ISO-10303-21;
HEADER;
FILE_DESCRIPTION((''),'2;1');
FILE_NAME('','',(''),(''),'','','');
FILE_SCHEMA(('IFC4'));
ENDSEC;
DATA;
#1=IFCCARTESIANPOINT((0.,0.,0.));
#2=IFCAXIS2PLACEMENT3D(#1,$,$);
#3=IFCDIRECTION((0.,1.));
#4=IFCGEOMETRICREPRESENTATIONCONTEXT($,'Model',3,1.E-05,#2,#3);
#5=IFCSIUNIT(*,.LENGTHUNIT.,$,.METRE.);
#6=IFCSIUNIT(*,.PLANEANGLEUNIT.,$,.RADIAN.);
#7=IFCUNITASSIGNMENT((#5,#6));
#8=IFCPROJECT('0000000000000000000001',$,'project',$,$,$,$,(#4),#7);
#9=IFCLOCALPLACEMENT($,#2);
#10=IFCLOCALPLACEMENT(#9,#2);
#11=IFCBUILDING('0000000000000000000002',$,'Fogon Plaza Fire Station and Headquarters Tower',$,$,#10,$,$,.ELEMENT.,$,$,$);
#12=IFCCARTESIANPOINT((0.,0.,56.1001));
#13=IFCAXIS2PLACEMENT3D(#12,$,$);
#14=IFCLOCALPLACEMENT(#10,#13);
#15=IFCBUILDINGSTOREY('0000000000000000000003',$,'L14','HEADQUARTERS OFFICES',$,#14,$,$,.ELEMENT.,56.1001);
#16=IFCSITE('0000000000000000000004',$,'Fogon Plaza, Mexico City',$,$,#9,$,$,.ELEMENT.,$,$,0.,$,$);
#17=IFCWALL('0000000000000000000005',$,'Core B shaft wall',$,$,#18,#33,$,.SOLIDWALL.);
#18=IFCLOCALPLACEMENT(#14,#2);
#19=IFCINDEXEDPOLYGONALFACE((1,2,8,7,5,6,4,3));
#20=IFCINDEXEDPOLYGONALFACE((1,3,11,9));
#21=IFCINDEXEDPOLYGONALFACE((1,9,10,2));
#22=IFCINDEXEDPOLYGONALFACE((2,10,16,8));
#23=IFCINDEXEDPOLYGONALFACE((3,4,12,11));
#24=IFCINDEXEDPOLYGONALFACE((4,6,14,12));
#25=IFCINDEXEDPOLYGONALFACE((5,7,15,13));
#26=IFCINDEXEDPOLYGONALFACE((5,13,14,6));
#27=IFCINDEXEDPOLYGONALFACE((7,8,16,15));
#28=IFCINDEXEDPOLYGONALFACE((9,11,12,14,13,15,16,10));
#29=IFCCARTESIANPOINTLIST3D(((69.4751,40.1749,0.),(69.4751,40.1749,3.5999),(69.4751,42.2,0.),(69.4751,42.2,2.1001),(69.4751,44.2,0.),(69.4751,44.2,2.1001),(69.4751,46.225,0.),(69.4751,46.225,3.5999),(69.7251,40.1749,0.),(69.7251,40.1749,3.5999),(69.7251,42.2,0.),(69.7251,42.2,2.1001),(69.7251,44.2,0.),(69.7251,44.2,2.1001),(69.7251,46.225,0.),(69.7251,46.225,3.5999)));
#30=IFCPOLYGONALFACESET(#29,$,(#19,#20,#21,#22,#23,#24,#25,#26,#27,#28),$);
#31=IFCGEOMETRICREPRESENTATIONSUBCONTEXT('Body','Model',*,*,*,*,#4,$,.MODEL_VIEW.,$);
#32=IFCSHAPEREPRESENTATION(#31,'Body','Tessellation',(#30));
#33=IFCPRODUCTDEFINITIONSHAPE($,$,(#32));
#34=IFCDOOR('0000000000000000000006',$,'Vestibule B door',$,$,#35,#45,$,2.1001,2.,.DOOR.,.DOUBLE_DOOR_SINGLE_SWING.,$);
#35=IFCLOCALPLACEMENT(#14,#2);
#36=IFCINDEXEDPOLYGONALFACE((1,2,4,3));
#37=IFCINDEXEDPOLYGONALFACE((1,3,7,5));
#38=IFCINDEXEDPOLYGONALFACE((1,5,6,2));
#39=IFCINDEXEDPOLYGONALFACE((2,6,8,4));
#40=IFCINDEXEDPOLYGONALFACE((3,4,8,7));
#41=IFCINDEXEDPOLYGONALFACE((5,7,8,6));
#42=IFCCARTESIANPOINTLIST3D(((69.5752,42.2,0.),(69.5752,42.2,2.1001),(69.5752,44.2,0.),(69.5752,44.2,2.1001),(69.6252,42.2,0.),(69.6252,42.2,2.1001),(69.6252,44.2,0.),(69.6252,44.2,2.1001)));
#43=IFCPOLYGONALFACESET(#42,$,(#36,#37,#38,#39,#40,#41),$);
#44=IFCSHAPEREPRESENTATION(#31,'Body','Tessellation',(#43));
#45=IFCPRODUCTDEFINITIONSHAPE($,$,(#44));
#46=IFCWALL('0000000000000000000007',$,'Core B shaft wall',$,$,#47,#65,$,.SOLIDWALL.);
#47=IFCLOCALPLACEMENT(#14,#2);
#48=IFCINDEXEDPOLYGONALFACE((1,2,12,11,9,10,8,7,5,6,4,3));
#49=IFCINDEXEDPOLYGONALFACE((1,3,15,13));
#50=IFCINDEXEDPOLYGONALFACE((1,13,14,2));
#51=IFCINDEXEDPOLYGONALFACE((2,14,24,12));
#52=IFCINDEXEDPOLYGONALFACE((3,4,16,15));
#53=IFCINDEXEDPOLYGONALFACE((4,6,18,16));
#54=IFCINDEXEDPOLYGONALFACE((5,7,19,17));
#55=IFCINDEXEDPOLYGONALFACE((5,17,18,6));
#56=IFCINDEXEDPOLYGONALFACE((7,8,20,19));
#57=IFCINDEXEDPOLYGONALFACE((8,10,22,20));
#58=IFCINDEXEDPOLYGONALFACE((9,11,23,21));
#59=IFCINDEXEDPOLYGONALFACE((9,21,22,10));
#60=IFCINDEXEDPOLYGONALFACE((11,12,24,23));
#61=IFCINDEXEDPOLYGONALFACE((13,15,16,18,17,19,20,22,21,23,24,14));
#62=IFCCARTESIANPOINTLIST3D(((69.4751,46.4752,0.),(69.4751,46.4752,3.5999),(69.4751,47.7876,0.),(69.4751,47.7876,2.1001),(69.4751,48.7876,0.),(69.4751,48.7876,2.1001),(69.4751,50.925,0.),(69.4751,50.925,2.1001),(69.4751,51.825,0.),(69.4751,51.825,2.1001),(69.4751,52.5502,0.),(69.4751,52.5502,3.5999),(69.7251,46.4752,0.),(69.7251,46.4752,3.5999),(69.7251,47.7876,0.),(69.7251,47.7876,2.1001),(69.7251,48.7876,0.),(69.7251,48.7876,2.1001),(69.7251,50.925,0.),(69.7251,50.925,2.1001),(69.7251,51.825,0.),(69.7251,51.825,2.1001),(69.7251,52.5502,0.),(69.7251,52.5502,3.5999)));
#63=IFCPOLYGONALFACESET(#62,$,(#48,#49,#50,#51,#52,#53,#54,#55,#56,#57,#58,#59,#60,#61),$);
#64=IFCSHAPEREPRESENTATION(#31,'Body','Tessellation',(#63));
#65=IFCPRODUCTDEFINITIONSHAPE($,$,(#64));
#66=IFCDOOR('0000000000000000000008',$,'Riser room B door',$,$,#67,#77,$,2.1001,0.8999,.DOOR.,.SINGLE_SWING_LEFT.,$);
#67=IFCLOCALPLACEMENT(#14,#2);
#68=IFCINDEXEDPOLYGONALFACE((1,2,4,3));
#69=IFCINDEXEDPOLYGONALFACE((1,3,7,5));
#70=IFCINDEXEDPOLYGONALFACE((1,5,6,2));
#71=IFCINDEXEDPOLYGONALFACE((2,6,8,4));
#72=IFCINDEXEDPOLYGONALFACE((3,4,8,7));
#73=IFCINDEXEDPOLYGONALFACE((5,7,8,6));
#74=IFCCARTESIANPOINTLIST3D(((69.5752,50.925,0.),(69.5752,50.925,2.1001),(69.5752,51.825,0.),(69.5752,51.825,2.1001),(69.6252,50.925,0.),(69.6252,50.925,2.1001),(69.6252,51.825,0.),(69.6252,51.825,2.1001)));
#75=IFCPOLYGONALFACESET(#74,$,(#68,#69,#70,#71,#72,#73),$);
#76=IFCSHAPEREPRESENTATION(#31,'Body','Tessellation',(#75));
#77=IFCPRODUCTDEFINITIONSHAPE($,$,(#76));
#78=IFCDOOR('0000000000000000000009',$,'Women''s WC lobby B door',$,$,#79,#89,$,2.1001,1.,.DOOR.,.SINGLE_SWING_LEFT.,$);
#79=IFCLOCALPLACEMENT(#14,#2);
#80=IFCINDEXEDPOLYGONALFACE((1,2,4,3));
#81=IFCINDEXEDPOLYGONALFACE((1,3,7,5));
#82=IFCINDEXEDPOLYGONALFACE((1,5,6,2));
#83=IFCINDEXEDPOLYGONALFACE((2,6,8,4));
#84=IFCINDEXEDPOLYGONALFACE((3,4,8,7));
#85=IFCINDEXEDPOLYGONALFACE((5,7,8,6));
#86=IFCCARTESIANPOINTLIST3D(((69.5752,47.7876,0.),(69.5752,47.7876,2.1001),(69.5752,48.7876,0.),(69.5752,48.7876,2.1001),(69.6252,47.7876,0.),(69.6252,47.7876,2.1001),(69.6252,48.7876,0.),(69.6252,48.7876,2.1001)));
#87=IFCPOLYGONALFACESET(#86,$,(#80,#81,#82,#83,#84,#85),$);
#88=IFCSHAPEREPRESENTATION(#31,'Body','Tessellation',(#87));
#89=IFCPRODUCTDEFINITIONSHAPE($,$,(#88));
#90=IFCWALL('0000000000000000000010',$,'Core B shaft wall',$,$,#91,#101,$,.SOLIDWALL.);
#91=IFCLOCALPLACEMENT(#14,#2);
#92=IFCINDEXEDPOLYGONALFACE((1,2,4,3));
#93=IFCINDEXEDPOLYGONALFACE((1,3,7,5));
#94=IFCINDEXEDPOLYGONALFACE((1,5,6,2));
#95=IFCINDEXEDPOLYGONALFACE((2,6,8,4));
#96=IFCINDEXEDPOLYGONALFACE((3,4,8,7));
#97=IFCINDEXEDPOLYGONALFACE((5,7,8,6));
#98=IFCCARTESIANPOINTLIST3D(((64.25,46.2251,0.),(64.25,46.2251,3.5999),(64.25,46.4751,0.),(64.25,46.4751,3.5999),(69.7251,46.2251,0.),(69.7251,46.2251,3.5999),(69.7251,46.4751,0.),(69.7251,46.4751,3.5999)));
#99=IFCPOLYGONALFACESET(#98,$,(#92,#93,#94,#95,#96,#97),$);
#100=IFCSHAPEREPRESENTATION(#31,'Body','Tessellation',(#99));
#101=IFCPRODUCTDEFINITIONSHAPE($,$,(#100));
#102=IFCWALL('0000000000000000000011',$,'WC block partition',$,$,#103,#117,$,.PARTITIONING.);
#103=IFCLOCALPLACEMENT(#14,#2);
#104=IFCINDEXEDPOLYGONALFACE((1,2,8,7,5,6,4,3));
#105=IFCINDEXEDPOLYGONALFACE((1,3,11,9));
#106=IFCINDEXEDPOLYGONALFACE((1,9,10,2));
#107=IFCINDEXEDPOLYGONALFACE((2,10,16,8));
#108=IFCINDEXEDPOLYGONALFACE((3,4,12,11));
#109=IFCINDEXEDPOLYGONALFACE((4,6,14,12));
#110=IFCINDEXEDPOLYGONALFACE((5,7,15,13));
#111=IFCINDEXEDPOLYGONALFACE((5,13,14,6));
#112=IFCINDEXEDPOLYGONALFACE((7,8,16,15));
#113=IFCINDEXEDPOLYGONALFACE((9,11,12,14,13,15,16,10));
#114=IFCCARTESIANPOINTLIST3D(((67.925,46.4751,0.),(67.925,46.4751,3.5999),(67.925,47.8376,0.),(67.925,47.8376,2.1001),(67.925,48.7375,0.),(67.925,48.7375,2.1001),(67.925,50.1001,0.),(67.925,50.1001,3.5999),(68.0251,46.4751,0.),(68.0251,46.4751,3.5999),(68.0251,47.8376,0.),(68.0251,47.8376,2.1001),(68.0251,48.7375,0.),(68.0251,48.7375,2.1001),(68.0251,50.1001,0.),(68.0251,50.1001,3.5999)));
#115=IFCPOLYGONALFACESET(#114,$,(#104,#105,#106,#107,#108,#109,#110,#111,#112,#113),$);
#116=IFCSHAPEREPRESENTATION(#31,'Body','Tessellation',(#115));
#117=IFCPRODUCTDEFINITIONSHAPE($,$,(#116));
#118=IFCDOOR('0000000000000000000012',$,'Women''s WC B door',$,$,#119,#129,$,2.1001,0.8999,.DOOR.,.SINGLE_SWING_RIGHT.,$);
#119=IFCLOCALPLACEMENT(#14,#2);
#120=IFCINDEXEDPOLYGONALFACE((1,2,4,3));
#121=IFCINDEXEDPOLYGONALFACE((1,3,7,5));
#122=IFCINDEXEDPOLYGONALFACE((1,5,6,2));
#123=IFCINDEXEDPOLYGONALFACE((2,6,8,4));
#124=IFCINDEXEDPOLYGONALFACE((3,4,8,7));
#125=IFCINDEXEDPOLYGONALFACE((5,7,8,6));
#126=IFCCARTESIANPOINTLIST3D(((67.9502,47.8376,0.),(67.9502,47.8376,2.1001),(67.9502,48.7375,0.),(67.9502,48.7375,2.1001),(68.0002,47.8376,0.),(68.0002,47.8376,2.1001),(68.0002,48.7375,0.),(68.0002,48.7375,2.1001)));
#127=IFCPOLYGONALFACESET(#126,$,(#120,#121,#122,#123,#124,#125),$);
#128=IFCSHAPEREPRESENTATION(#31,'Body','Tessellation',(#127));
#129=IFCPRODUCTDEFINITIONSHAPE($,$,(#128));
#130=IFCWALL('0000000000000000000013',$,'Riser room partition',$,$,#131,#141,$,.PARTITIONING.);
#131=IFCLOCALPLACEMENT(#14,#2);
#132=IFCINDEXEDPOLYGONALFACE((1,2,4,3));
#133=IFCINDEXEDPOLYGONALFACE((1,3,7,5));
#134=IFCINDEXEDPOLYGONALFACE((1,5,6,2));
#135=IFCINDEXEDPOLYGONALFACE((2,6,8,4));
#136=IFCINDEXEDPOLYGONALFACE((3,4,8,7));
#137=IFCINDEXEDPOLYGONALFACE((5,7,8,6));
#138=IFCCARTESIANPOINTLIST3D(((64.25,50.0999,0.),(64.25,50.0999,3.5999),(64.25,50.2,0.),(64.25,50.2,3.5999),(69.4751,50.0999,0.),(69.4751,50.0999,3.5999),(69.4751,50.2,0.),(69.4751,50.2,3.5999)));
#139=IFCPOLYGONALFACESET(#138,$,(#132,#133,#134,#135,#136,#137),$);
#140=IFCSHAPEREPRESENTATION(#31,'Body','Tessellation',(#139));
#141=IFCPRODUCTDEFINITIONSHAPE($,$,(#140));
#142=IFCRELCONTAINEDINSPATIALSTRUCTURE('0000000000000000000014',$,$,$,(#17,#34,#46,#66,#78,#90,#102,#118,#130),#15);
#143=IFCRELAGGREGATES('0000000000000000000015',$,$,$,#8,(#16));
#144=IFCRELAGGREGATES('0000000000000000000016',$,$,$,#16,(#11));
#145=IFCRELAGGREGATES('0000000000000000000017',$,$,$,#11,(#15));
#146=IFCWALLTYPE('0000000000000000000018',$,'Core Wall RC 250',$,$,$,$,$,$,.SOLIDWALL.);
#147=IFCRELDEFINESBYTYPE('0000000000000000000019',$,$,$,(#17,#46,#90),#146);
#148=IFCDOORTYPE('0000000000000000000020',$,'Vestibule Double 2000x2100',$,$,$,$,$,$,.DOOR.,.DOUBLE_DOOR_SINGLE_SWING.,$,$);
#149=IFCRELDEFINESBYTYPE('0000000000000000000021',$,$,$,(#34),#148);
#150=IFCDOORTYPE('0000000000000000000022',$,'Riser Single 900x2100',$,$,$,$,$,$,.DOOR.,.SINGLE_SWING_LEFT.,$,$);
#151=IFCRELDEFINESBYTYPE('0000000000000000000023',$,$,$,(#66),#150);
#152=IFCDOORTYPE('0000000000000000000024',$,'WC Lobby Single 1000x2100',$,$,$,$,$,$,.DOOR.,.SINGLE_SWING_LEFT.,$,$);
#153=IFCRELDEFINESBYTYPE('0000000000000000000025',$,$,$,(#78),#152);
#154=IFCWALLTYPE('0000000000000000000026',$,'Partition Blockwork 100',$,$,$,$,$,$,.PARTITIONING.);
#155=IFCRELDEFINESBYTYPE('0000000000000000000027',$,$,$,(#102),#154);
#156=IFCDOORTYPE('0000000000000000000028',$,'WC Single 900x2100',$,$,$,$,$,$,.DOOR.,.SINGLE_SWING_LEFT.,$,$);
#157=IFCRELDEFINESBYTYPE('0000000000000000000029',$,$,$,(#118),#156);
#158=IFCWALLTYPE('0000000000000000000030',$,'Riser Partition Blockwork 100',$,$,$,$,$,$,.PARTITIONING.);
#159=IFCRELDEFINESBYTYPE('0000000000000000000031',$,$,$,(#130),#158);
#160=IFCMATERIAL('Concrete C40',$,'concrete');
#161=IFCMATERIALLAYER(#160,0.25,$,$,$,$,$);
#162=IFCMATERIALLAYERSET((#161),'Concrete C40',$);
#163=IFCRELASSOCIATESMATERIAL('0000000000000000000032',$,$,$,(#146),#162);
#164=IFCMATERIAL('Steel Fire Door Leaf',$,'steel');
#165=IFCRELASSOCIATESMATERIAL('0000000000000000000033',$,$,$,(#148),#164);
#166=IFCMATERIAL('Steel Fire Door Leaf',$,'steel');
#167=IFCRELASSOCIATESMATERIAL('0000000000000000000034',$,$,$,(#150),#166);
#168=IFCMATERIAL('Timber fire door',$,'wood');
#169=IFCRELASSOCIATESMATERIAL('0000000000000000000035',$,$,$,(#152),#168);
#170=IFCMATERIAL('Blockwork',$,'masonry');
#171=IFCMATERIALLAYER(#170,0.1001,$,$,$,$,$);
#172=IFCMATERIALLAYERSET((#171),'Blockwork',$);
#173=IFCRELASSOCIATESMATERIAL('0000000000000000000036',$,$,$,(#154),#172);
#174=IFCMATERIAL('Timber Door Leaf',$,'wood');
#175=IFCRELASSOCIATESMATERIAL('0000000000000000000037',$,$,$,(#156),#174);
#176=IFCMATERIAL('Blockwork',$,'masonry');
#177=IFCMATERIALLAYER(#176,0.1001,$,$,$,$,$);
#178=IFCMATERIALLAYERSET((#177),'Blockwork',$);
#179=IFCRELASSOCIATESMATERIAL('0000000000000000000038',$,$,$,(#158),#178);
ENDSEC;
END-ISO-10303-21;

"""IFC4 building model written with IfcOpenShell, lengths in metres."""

from ifc_helpers import new_model, si_unit, direction, frame, frame_2d, origin, place, context, subcontext, project, spatial, rectangle, extrude, material, layer, layer_set, type_object, element, fill, save


model = new_model("IFC4")

# Units and contexts
model_context = context("Model", 3, precision=1e-05, world=origin(), true_north=direction((0.0, 1.0)))
body_context = subcontext(model_context, "Body", "Model", "MODEL_VIEW")
ifc_project = project(units=[si_unit("LENGTHUNIT", "METRE"), si_unit("PLANEANGLEUNIT", "RADIAN")], contexts=[model_context])

# Site, building, storey
site_placement = place(None, origin())
site = spatial("IfcSite", under=ifc_project, at=site_placement, Name="Fogon Plaza, Mexico City", CompositionType="ELEMENT", RefElevation=0.0)
building_placement = place(site_placement, origin())
building = spatial("IfcBuilding", under=site, at=building_placement, Name="Fogon Plaza Fire Station and Headquarters Tower", CompositionType="ELEMENT")
storey_placement = place(building_placement, frame((0.0, 0.0, 56.1001)))
storey = spatial("IfcBuildingStorey", under=building, at=storey_placement, Name="L14", Description="HEADQUARTERS OFFICES", CompositionType="ELEMENT", Elevation=56.1001)

# Shared definitions
ifc_material_1 = material(Name="Concrete C40", Category="concrete")
ifc_layer_1 = layer(ifc_material_1, 0.25)
ifc_layer_set_1 = layer_set([ifc_layer_1], Name="Concrete C40")
wall_type_1 = type_object("IfcWallType", Name="Core Wall RC 250", PredefinedType="SOLIDWALL", material=ifc_layer_set_1)

# Wall, opening, door
wall_1_placement = place(storey_placement, frame((69.6001, 40.175, 0.0), z_axis=(0.0, 0.0, 1.0), x_axis=(0.0, 1.0, 0.0)))
wall_1 = element("IfcWall", 1, at=wall_1_placement, inside=storey, type_object=wall_type_1, Name="Core B shaft wall", PredefinedType="SOLIDWALL", context=body_context, shape_type="SweptSolid", body=[
    extrude(rectangle(XDim=6.05, YDim=0.25, at=frame_2d((3.0249, 0.0))), origin(), (0.0, 0.0, 1.0), 3.5999),
])
opening_1_placement = place(wall_1_placement, frame((2.0249, 0.0, 0.0)))
opening_1 = element("IfcOpeningElement", 2, at=opening_1_placement, cuts=wall_1, PredefinedType="OPENING", context=body_context, shape_type="SweptSolid", body=[
    extrude(rectangle(XDim=2.0, YDim=2.1001, at=frame_2d((1.0, 1.05))), frame((0.0, 0.135, 0.0), z_axis=(0.0, -1.0, 0.0), x_axis=(1.0, 0.0, 0.0)), (0.0, 0.0, 1.0), 0.27),
])
ifc_material_2 = material(Name="Steel Fire Door Leaf", Category="steel")
door_type_1 = type_object("IfcDoorType", Name="Vestibule Double 2000x2100", OperationType="DOUBLE_DOOR_SINGLE_SWING", PredefinedType="DOOR", material=ifc_material_2)
door_1_placement = place(opening_1_placement, origin())
door_1 = element("IfcDoor", 3, at=door_1_placement, inside=storey, type_object=door_type_1, Name="Vestibule B door", OperationType="DOUBLE_DOOR_SINGLE_SWING", OverallHeight=2.1001, OverallWidth=2.0, PredefinedType="DOOR", context=body_context, shape_type="SweptSolid", body=[
    extrude(rectangle(XDim=2.0, YDim=2.1001, at=frame_2d((1.0, 1.05))), frame((0.0, 0.0249, 0.0), z_axis=(0.0, -1.0, 0.0), x_axis=(1.0, 0.0, 0.0)), (0.0, 0.0, 1.0), 0.05),
])
fill(opening_1, door_1)

# Wall, openings, doors
wall_2_placement = place(storey_placement, frame((69.6001, 46.4751, 0.0), z_axis=(0.0, 0.0, 1.0), x_axis=(0.0, 1.0, 0.0)))
wall_2 = element("IfcWall", 4, at=wall_2_placement, inside=storey, type_object=wall_type_1, Name="Core B shaft wall", PredefinedType="SOLIDWALL", context=body_context, shape_type="SweptSolid", body=[
    extrude(rectangle(XDim=6.075, YDim=0.25, at=frame_2d((3.0376, 0.0))), origin(), (0.0, 0.0, 1.0), 3.5999),
])
opening_2_placement = place(wall_2_placement, frame((1.3125, 0.0, 0.0)))
opening_2 = element("IfcOpeningElement", 5, at=opening_2_placement, cuts=wall_2, PredefinedType="OPENING", context=body_context, shape_type="SweptSolid", body=[
    extrude(rectangle(XDim=1.0, YDim=2.1001, at=frame_2d((0.5, 1.05))), frame((0.0, 0.135, 0.0), z_axis=(0.0, -1.0, 0.0), x_axis=(1.0, 0.0, 0.0)), (0.0, 0.0, 1.0), 0.27),
])
opening_3_placement = place(wall_2_placement, frame((4.45, 0.0, 0.0)))
opening_3 = element("IfcOpeningElement", 6, at=opening_3_placement, cuts=wall_2, PredefinedType="OPENING", context=body_context, shape_type="SweptSolid", body=[
    extrude(rectangle(XDim=0.8999, YDim=2.1001, at=frame_2d((0.45, 1.05))), frame((0.0, 0.135, 0.0), z_axis=(0.0, -1.0, 0.0), x_axis=(1.0, 0.0, 0.0)), (0.0, 0.0, 1.0), 0.27),
])
ifc_material_3 = material(Name="Steel Fire Door Leaf", Category="steel")
door_type_2 = type_object("IfcDoorType", Name="Riser Single 900x2100", OperationType="SINGLE_SWING_LEFT", PredefinedType="DOOR", material=ifc_material_3)
door_2_placement = place(opening_3_placement, origin())
door_2 = element("IfcDoor", 7, at=door_2_placement, inside=storey, type_object=door_type_2, Name="Riser room B door", OperationType="SINGLE_SWING_LEFT", OverallHeight=2.1001, OverallWidth=0.8999, PredefinedType="DOOR", context=body_context, shape_type="SweptSolid", body=[
    extrude(rectangle(XDim=0.8999, YDim=2.1001, at=frame_2d((0.45, 1.05))), frame((0.0, 0.0249, 0.0), z_axis=(0.0, -1.0, 0.0), x_axis=(1.0, 0.0, 0.0)), (0.0, 0.0, 1.0), 0.05),
])
fill(opening_3, door_2)
ifc_material_4 = material(Name="Timber fire door", Category="wood")
door_type_3 = type_object("IfcDoorType", Name="WC Lobby Single 1000x2100", OperationType="SINGLE_SWING_LEFT", PredefinedType="DOOR", material=ifc_material_4)
door_3_placement = place(opening_2_placement, origin())
door_3 = element("IfcDoor", 8, at=door_3_placement, inside=storey, type_object=door_type_3, Name="Women's WC lobby B door", OperationType="SINGLE_SWING_LEFT", OverallHeight=2.1001, OverallWidth=1.0, PredefinedType="DOOR", context=body_context, shape_type="SweptSolid", body=[
    extrude(rectangle(XDim=1.0, YDim=2.1001, at=frame_2d((0.5, 1.05))), frame((0.0, 0.0249, 0.0), z_axis=(0.0, -1.0, 0.0), x_axis=(1.0, 0.0, 0.0)), (0.0, 0.0, 1.0), 0.05),
])
fill(opening_2, door_3)

# Wall
wall_3_placement = place(storey_placement, frame((69.7251, 46.3501, 0.0), z_axis=(0.0, 0.0, 1.0), x_axis=(-1.0, 0.0, 0.0)))
element("IfcWall", 9, at=wall_3_placement, inside=storey, type_object=wall_type_1, Name="Core B shaft wall", PredefinedType="SOLIDWALL", context=body_context, shape_type="SweptSolid", body=[
    extrude(rectangle(XDim=5.4751, YDim=0.25, at=frame_2d((2.7375, 0.0))), origin(), (0.0, 0.0, 1.0), 3.5999),
])

# Wall, opening, door
ifc_material_5 = material(Name="Blockwork", Category="masonry")
ifc_layer_2 = layer(ifc_material_5, 0.1001)
ifc_layer_set_2 = layer_set([ifc_layer_2], Name="Blockwork")
wall_type_2 = type_object("IfcWallType", Name="Partition Blockwork 100", PredefinedType="PARTITIONING", material=ifc_layer_set_2)
wall_4_placement = place(storey_placement, frame((67.9751, 46.4751, 0.0), z_axis=(0.0, 0.0, 1.0), x_axis=(0.0, 1.0, 0.0)))
wall_4 = element("IfcWall", 10, at=wall_4_placement, inside=storey, type_object=wall_type_2, Name="WC block partition", PredefinedType="PARTITIONING", context=body_context, shape_type="SweptSolid", body=[
    extrude(rectangle(XDim=3.625, YDim=0.1001, at=frame_2d((1.8125, 0.0))), origin(), (0.0, 0.0, 1.0), 3.5999),
])
opening_4_placement = place(wall_4_placement, frame((1.3625, 0.0, 0.0)))
opening_4 = element("IfcOpeningElement", 11, at=opening_4_placement, cuts=wall_4, PredefinedType="OPENING", context=body_context, shape_type="SweptSolid", body=[
    extrude(rectangle(XDim=0.8999, YDim=2.1001, at=frame_2d((0.45, 1.05))), frame((0.0, 0.0601, 0.0), z_axis=(0.0, -1.0, 0.0), x_axis=(1.0, 0.0, 0.0)), (0.0, 0.0, 1.0), 0.1201),
])
ifc_material_6 = material(Name="Timber Door Leaf", Category="wood")
door_type_4 = type_object("IfcDoorType", Name="WC Single 900x2100", OperationType="SINGLE_SWING_LEFT", PredefinedType="DOOR", material=ifc_material_6)
door_4_placement = place(opening_4_placement, origin())
door_4 = element("IfcDoor", 12, at=door_4_placement, inside=storey, type_object=door_type_4, Name="Women's WC B door", OperationType="SINGLE_SWING_RIGHT", OverallHeight=2.1001, OverallWidth=0.8999, PredefinedType="DOOR", context=body_context, shape_type="SweptSolid", body=[
    extrude(rectangle(XDim=0.8999, YDim=2.1001, at=frame_2d((0.45, 1.05))), frame((0.0, 0.0249, 0.0), z_axis=(0.0, -1.0, 0.0), x_axis=(1.0, 0.0, 0.0)), (0.0, 0.0, 1.0), 0.05),
])
fill(opening_4, door_4)

# Wall
ifc_material_7 = material(Name="Blockwork", Category="masonry")
ifc_layer_3 = layer(ifc_material_7, 0.1001)
ifc_layer_set_3 = layer_set([ifc_layer_3], Name="Blockwork")
wall_type_3 = type_object("IfcWallType", Name="Riser Partition Blockwork 100", PredefinedType="PARTITIONING", material=ifc_layer_set_3)
wall_5_placement = place(storey_placement, frame((69.4751, 50.1499, 0.0), z_axis=(0.0, 0.0, 1.0), x_axis=(-1.0, 0.0, 0.0)))
element("IfcWall", 13, at=wall_5_placement, inside=storey, type_object=wall_type_3, Name="Riser room partition", PredefinedType="PARTITIONING", context=body_context, shape_type="SweptSolid", body=[
    extrude(rectangle(XDim=5.2251, YDim=0.1001, at=frame_2d((2.6125, 0.0))), origin(), (0.0, 0.0, 1.0), 3.5999),
])

save(model, "model.ifc")
